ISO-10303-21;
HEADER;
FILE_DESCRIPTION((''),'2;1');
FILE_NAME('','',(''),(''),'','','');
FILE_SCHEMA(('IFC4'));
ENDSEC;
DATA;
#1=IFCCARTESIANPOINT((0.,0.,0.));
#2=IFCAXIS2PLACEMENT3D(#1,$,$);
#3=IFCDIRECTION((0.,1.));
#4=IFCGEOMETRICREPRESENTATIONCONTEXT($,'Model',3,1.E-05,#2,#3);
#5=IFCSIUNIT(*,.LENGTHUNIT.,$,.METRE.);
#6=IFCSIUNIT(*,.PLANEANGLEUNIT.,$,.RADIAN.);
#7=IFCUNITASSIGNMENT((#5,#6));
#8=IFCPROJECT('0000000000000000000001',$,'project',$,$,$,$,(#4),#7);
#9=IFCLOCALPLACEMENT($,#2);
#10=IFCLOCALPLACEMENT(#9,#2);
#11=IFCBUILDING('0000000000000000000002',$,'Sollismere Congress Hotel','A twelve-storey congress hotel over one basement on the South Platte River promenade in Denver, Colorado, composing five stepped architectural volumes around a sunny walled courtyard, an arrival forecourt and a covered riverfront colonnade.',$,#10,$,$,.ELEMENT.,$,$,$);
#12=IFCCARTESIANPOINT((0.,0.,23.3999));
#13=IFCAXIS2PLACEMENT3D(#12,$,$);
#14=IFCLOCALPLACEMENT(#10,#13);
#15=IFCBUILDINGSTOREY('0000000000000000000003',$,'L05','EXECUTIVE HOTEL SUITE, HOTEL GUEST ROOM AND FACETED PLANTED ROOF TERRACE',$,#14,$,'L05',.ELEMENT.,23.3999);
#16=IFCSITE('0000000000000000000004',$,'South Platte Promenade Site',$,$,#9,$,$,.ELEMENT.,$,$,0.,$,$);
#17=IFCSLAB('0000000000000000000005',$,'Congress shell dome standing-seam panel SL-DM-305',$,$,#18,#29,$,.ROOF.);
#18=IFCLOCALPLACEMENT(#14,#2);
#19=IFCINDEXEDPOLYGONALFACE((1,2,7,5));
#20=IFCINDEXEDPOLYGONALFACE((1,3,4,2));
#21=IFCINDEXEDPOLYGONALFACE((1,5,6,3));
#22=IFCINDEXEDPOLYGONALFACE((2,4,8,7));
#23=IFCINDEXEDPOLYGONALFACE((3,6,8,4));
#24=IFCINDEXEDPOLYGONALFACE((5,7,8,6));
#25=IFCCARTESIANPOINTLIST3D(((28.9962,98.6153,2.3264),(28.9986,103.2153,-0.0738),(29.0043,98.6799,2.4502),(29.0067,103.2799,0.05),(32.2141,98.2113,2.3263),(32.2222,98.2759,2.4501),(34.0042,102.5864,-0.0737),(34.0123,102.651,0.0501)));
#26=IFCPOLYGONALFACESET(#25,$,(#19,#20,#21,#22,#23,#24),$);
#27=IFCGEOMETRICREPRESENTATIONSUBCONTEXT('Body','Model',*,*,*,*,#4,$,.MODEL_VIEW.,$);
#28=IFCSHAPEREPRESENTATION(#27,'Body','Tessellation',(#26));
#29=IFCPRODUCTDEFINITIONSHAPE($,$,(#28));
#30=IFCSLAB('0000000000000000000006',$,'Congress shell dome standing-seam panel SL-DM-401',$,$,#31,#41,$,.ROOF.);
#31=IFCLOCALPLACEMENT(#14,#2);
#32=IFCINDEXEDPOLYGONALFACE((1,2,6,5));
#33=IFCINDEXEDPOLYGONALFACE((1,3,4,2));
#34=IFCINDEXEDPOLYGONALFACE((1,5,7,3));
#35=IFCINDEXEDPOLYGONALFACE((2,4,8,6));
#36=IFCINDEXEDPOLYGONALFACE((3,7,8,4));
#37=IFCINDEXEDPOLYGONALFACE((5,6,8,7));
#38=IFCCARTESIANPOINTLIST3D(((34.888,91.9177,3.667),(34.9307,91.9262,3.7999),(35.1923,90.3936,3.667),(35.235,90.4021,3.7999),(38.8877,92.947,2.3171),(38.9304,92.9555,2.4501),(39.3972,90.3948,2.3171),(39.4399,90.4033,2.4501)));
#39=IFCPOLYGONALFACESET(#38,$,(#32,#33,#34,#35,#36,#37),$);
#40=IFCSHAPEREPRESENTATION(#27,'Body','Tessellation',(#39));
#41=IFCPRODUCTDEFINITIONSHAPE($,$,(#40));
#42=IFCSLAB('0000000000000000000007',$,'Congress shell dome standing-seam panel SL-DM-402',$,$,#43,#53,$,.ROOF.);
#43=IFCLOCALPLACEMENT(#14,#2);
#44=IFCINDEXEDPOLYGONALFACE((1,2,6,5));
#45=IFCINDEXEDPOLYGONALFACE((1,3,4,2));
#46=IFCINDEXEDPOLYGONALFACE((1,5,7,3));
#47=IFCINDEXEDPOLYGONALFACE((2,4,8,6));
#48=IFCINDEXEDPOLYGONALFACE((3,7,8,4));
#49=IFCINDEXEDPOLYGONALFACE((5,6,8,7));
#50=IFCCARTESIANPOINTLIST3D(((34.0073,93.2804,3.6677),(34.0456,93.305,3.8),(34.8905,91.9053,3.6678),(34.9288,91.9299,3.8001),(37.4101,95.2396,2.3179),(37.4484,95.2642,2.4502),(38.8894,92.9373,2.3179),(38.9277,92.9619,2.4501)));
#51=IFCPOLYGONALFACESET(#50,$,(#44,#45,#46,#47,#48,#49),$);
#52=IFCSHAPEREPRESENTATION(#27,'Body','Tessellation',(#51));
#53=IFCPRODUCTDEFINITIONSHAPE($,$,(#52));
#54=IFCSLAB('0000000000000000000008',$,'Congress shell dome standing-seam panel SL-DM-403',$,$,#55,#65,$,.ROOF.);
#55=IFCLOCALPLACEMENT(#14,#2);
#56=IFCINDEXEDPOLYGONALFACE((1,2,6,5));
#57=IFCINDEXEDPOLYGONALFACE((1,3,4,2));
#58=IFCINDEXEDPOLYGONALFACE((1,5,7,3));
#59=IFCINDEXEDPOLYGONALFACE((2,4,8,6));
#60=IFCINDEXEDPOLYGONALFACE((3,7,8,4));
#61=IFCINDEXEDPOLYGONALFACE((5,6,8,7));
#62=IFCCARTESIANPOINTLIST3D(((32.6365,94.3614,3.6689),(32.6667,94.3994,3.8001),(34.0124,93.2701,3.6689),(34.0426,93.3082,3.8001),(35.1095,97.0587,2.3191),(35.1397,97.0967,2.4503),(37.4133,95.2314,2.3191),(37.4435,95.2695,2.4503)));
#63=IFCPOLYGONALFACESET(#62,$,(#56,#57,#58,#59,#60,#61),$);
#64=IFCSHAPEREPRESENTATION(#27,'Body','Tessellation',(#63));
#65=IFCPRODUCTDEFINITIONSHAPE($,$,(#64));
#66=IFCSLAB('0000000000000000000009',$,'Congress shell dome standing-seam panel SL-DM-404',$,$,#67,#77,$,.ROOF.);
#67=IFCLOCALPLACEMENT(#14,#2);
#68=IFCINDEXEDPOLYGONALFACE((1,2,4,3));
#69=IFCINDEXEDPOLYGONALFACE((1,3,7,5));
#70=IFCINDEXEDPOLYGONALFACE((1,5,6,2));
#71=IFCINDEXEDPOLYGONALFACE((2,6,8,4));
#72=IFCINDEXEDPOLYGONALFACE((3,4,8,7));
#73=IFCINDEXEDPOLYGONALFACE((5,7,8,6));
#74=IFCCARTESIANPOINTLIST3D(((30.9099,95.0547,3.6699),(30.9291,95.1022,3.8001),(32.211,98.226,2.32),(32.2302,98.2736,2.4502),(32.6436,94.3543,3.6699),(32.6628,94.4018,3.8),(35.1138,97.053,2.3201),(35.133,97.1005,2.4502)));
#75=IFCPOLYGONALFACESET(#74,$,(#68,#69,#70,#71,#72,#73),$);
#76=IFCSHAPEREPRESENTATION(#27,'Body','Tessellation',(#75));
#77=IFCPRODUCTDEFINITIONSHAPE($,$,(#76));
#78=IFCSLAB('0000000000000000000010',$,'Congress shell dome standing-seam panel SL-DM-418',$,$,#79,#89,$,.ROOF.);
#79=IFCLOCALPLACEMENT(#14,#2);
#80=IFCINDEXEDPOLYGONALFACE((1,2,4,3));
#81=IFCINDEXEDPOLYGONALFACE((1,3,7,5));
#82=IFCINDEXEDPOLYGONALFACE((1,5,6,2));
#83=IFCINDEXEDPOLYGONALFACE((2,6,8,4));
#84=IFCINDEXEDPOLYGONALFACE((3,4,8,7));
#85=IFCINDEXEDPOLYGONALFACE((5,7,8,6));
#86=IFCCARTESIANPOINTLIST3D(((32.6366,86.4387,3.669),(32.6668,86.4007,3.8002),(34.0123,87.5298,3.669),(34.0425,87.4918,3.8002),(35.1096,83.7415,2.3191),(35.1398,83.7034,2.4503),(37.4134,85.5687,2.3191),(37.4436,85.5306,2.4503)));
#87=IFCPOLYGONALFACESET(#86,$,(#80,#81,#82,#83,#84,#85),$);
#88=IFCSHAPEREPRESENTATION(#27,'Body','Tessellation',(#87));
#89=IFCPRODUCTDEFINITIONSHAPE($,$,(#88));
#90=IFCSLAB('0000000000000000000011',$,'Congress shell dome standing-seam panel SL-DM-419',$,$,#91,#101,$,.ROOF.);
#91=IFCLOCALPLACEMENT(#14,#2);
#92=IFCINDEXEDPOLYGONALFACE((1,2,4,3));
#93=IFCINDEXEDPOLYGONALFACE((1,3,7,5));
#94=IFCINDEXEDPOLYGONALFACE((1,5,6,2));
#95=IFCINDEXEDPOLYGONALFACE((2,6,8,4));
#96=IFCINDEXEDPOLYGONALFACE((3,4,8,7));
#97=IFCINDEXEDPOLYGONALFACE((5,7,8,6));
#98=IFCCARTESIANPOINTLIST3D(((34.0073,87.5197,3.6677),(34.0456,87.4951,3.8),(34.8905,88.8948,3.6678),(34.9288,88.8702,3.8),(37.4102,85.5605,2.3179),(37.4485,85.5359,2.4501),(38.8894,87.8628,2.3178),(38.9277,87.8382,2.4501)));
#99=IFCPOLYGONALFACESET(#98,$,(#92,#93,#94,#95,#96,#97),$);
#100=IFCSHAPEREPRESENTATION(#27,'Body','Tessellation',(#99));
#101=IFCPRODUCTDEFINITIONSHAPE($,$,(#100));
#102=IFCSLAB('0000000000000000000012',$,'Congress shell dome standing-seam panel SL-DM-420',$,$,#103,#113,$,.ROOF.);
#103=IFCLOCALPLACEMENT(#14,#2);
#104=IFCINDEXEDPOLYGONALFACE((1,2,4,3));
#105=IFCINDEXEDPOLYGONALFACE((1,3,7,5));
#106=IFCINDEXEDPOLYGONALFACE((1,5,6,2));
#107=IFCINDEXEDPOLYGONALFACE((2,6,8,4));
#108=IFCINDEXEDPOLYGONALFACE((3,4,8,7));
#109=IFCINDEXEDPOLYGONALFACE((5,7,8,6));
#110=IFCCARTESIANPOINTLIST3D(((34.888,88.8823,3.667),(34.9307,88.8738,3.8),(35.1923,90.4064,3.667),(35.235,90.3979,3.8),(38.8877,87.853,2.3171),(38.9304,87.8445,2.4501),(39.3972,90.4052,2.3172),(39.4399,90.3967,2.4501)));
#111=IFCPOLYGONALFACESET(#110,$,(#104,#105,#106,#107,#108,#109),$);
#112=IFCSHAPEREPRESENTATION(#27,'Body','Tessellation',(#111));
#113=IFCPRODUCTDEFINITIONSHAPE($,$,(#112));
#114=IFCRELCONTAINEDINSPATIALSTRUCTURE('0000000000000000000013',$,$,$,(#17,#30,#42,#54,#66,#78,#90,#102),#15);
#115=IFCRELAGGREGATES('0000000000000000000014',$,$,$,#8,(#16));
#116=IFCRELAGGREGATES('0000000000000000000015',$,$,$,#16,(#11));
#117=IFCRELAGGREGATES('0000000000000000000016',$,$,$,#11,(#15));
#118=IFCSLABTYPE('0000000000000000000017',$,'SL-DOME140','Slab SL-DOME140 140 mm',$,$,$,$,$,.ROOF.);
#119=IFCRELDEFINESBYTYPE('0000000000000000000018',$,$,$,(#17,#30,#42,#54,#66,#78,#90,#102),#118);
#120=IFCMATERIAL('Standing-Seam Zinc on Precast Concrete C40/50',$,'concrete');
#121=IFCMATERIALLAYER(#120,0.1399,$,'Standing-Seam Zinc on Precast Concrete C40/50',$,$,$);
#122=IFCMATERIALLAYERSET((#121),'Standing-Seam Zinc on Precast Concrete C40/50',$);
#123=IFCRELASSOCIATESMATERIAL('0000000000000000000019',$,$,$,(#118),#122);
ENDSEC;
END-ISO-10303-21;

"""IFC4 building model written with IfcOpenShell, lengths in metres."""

from ifc_helpers import new_model, si_unit, direction, frame, origin, place, context, subcontext, project, spatial, polyline, outline, extrude, material, layer, layer_set, type_object, element, save


model = new_model("IFC4")

# Units and contexts
model_context = context("Model", 3, precision=1e-05, world=origin(), true_north=direction((0.0, 1.0)))
body_context = subcontext(model_context, "Body", "Model", "MODEL_VIEW")
ifc_project = project(units=[si_unit("LENGTHUNIT", "METRE"), si_unit("PLANEANGLEUNIT", "RADIAN")], contexts=[model_context])

# Site, building, storey
site_placement = place(None, origin())
site = spatial("IfcSite", under=ifc_project, at=site_placement, Name="South Platte Promenade Site", CompositionType="ELEMENT", RefElevation=0.0)
building_placement = place(site_placement, origin())
building = spatial("IfcBuilding", under=site, at=building_placement, Name="Sollismere Congress Hotel", Description="A twelve-storey congress hotel over one basement on the South Platte River promenade in Denver, Colorado, composing five stepped architectural volumes around a sunny walled courtyard, an arrival forecourt and a covered riverfront colonnade.", CompositionType="ELEMENT")
storey_placement = place(building_placement, frame((0.0, 0.0, 23.3999)))
storey = spatial("IfcBuildingStorey", under=building, at=storey_placement, Name="L05", Description="EXECUTIVE HOTEL SUITE, HOTEL GUEST ROOM AND FACETED PLANTED ROOF TERRACE", LongName="L05", CompositionType="ELEMENT", Elevation=23.3999)

# Slabs
ifc_material_1 = material(Name="Standing-Seam Zinc on Precast Concrete C40/50", Category="concrete")
ifc_layer_1 = layer(ifc_material_1, 0.1399, Name="Standing-Seam Zinc on Precast Concrete C40/50")
ifc_layer_set_1 = layer_set([ifc_layer_1], Name="Standing-Seam Zinc on Precast Concrete C40/50")
slab_type = type_object("IfcSlabType", Name="SL-DOME140", Description="Slab SL-DOME140 140 mm", PredefinedType="ROOF", material=ifc_layer_set_1)
slab_1_placement = place(storey_placement, frame((34.0042, 102.5864, -0.0737), z_axis=(0.058005, 0.46179, 0.885091), x_axis=(-0.9922, 0.124653, -0.000013)))
element("IfcSlab", 1, at=slab_1_placement, inside=storey, type_object=slab_type, Name="Congress shell dome standing-seam panel SL-DM-305", PredefinedType="ROOF", context=body_context, shape_type="SweptSolid", body=[
    extrude(outline(polyline([(0.0, 0.0), (5.0449, 0.0), (4.4739, 5.157), (1.2307, 5.1567), (0.0, 0.0)])), origin(), (0.0, 0.0, 1.0), 0.1399),
])
slab_2_placement = place(storey_placement, frame((39.3972, 90.3948, 2.3171), z_axis=(0.30507, 0.060915, 0.95038), x_axis=(-0.195777, 0.980648, -0.000011)))
element("IfcSlab", 2, at=slab_2_placement, inside=storey, type_object=slab_type, Name="Congress shell dome standing-seam panel SL-DM-401", PredefinedType="ROOF", context=body_context, shape_type="SweptSolid", body=[
    extrude(outline(polyline([(0.0, 0.0), (2.6025, 0.0), (2.3762, 4.3391), (0.822, 4.3391), (0.0, 0.0)])), origin(), (0.0, 0.0, 1.0), 0.1399),
])
slab_3_placement = place(storey_placement, frame((38.8894, 92.9373, 2.3179), z_axis=(0.2738, 0.17591, 0.945563), x_axis=(-0.540556, 0.841308, 0.00001)))
element("IfcSlab", 3, at=slab_3_placement, inside=storey, type_object=slab_type, Name="Congress shell dome standing-seam panel SL-DM-402", PredefinedType="ROOF", context=body_context, shape_type="SweptSolid", body=[
    extrude(outline(polyline([(0.0, 0.0), (2.7366, 0.0), (2.9277, 4.1477), (1.2935, 4.1479), (0.0, 0.0)])), origin(), (0.0, 0.0, 1.0), 0.1399),
])
slab_4_placement = place(storey_placement, frame((37.4133, 95.2314, 2.3191), z_axis=(0.215538, 0.271757, 0.937919), x_axis=(-0.783487, 0.621408, -0.000001)))
element("IfcSlab", 4, at=slab_4_placement, inside=storey, type_object=slab_type, Name="Congress shell dome standing-seam panel SL-DM-403", PredefinedType="ROOF", context=body_context, shape_type="SweptSolid", body=[
    extrude(outline(polyline([(0.0, 0.0), (2.9404, 0.0), (3.2019, 3.8916), (1.4458, 3.8916), (0.0, 0.0)])), origin(), (0.0, 0.0, 1.0), 0.1399),
])
slab_5_placement = place(storey_placement, frame((35.1138, 97.053, 2.3201), z_axis=(0.137279, 0.339727, 0.930452), x_axis=(-0.927155, 0.374678, -0.00001)))
element("IfcSlab", 5, at=slab_5_placement, inside=storey, type_object=slab_type, Name="Congress shell dome standing-seam panel SL-DM-404", PredefinedType="ROOF", context=body_context, shape_type="SweptSolid", body=[
    extrude(outline(polyline([(0.0, 0.0), (3.1309, 0.0), (3.1489, 3.6841), (1.2791, 3.6838), (0.0, 0.0)])), origin(), (0.0, 0.0, 1.0), 0.1399),
])
slab_6_placement = place(storey_placement, frame((35.1096, 83.7415, 2.3191), z_axis=(0.215533, -0.271774, 0.937915), x_axis=(0.78349, 0.621405, 0.000015)))
element("IfcSlab", 6, at=slab_6_placement, inside=storey, type_object=slab_type, Name="Congress shell dome standing-seam panel SL-DM-418", PredefinedType="ROOF", context=body_context, shape_type="SweptSolid", body=[
    extrude(outline(polyline([(0.0, 0.0), (2.9404, 0.0), (1.4944, 3.8916), (-0.2615, 3.8916), (0.0, 0.0)])), origin(), (0.0, 0.0, 1.0), 0.1399),
])
slab_7_placement = place(storey_placement, frame((37.4102, 85.5605, 2.3179), z_axis=(0.2738, -0.17591, 0.945563), x_axis=(0.540556, 0.841308, -0.00001)))
element("IfcSlab", 7, at=slab_7_placement, inside=storey, type_object=slab_type, Name="Congress shell dome standing-seam panel SL-DM-419", PredefinedType="ROOF", context=body_context, shape_type="SweptSolid", body=[
    extrude(outline(polyline([(0.0, 0.0), (2.7366, 0.0), (1.4431, 4.1479), (-0.1912, 4.1477), (0.0, 0.0)])), origin(), (0.0, 0.0, 1.0), 0.1399),
])
slab_8_placement = place(storey_placement, frame((38.8877, 87.853, 2.3171), z_axis=(0.30507, -0.060915, 0.95038), x_axis=(0.195777, 0.980648, 0.000011)))
element("IfcSlab", 8, at=slab_8_placement, inside=storey, type_object=slab_type, Name="Congress shell dome standing-seam panel SL-DM-420", PredefinedType="ROOF", context=body_context, shape_type="SweptSolid", body=[
    extrude(outline(polyline([(0.0, 0.0), (2.6025, 0.0), (1.7805, 4.3391), (0.2263, 4.3391), (0.0, 0.0)])), origin(), (0.0, 0.0, 1.0), 0.1399),
])

save(model, "model.ifc")
